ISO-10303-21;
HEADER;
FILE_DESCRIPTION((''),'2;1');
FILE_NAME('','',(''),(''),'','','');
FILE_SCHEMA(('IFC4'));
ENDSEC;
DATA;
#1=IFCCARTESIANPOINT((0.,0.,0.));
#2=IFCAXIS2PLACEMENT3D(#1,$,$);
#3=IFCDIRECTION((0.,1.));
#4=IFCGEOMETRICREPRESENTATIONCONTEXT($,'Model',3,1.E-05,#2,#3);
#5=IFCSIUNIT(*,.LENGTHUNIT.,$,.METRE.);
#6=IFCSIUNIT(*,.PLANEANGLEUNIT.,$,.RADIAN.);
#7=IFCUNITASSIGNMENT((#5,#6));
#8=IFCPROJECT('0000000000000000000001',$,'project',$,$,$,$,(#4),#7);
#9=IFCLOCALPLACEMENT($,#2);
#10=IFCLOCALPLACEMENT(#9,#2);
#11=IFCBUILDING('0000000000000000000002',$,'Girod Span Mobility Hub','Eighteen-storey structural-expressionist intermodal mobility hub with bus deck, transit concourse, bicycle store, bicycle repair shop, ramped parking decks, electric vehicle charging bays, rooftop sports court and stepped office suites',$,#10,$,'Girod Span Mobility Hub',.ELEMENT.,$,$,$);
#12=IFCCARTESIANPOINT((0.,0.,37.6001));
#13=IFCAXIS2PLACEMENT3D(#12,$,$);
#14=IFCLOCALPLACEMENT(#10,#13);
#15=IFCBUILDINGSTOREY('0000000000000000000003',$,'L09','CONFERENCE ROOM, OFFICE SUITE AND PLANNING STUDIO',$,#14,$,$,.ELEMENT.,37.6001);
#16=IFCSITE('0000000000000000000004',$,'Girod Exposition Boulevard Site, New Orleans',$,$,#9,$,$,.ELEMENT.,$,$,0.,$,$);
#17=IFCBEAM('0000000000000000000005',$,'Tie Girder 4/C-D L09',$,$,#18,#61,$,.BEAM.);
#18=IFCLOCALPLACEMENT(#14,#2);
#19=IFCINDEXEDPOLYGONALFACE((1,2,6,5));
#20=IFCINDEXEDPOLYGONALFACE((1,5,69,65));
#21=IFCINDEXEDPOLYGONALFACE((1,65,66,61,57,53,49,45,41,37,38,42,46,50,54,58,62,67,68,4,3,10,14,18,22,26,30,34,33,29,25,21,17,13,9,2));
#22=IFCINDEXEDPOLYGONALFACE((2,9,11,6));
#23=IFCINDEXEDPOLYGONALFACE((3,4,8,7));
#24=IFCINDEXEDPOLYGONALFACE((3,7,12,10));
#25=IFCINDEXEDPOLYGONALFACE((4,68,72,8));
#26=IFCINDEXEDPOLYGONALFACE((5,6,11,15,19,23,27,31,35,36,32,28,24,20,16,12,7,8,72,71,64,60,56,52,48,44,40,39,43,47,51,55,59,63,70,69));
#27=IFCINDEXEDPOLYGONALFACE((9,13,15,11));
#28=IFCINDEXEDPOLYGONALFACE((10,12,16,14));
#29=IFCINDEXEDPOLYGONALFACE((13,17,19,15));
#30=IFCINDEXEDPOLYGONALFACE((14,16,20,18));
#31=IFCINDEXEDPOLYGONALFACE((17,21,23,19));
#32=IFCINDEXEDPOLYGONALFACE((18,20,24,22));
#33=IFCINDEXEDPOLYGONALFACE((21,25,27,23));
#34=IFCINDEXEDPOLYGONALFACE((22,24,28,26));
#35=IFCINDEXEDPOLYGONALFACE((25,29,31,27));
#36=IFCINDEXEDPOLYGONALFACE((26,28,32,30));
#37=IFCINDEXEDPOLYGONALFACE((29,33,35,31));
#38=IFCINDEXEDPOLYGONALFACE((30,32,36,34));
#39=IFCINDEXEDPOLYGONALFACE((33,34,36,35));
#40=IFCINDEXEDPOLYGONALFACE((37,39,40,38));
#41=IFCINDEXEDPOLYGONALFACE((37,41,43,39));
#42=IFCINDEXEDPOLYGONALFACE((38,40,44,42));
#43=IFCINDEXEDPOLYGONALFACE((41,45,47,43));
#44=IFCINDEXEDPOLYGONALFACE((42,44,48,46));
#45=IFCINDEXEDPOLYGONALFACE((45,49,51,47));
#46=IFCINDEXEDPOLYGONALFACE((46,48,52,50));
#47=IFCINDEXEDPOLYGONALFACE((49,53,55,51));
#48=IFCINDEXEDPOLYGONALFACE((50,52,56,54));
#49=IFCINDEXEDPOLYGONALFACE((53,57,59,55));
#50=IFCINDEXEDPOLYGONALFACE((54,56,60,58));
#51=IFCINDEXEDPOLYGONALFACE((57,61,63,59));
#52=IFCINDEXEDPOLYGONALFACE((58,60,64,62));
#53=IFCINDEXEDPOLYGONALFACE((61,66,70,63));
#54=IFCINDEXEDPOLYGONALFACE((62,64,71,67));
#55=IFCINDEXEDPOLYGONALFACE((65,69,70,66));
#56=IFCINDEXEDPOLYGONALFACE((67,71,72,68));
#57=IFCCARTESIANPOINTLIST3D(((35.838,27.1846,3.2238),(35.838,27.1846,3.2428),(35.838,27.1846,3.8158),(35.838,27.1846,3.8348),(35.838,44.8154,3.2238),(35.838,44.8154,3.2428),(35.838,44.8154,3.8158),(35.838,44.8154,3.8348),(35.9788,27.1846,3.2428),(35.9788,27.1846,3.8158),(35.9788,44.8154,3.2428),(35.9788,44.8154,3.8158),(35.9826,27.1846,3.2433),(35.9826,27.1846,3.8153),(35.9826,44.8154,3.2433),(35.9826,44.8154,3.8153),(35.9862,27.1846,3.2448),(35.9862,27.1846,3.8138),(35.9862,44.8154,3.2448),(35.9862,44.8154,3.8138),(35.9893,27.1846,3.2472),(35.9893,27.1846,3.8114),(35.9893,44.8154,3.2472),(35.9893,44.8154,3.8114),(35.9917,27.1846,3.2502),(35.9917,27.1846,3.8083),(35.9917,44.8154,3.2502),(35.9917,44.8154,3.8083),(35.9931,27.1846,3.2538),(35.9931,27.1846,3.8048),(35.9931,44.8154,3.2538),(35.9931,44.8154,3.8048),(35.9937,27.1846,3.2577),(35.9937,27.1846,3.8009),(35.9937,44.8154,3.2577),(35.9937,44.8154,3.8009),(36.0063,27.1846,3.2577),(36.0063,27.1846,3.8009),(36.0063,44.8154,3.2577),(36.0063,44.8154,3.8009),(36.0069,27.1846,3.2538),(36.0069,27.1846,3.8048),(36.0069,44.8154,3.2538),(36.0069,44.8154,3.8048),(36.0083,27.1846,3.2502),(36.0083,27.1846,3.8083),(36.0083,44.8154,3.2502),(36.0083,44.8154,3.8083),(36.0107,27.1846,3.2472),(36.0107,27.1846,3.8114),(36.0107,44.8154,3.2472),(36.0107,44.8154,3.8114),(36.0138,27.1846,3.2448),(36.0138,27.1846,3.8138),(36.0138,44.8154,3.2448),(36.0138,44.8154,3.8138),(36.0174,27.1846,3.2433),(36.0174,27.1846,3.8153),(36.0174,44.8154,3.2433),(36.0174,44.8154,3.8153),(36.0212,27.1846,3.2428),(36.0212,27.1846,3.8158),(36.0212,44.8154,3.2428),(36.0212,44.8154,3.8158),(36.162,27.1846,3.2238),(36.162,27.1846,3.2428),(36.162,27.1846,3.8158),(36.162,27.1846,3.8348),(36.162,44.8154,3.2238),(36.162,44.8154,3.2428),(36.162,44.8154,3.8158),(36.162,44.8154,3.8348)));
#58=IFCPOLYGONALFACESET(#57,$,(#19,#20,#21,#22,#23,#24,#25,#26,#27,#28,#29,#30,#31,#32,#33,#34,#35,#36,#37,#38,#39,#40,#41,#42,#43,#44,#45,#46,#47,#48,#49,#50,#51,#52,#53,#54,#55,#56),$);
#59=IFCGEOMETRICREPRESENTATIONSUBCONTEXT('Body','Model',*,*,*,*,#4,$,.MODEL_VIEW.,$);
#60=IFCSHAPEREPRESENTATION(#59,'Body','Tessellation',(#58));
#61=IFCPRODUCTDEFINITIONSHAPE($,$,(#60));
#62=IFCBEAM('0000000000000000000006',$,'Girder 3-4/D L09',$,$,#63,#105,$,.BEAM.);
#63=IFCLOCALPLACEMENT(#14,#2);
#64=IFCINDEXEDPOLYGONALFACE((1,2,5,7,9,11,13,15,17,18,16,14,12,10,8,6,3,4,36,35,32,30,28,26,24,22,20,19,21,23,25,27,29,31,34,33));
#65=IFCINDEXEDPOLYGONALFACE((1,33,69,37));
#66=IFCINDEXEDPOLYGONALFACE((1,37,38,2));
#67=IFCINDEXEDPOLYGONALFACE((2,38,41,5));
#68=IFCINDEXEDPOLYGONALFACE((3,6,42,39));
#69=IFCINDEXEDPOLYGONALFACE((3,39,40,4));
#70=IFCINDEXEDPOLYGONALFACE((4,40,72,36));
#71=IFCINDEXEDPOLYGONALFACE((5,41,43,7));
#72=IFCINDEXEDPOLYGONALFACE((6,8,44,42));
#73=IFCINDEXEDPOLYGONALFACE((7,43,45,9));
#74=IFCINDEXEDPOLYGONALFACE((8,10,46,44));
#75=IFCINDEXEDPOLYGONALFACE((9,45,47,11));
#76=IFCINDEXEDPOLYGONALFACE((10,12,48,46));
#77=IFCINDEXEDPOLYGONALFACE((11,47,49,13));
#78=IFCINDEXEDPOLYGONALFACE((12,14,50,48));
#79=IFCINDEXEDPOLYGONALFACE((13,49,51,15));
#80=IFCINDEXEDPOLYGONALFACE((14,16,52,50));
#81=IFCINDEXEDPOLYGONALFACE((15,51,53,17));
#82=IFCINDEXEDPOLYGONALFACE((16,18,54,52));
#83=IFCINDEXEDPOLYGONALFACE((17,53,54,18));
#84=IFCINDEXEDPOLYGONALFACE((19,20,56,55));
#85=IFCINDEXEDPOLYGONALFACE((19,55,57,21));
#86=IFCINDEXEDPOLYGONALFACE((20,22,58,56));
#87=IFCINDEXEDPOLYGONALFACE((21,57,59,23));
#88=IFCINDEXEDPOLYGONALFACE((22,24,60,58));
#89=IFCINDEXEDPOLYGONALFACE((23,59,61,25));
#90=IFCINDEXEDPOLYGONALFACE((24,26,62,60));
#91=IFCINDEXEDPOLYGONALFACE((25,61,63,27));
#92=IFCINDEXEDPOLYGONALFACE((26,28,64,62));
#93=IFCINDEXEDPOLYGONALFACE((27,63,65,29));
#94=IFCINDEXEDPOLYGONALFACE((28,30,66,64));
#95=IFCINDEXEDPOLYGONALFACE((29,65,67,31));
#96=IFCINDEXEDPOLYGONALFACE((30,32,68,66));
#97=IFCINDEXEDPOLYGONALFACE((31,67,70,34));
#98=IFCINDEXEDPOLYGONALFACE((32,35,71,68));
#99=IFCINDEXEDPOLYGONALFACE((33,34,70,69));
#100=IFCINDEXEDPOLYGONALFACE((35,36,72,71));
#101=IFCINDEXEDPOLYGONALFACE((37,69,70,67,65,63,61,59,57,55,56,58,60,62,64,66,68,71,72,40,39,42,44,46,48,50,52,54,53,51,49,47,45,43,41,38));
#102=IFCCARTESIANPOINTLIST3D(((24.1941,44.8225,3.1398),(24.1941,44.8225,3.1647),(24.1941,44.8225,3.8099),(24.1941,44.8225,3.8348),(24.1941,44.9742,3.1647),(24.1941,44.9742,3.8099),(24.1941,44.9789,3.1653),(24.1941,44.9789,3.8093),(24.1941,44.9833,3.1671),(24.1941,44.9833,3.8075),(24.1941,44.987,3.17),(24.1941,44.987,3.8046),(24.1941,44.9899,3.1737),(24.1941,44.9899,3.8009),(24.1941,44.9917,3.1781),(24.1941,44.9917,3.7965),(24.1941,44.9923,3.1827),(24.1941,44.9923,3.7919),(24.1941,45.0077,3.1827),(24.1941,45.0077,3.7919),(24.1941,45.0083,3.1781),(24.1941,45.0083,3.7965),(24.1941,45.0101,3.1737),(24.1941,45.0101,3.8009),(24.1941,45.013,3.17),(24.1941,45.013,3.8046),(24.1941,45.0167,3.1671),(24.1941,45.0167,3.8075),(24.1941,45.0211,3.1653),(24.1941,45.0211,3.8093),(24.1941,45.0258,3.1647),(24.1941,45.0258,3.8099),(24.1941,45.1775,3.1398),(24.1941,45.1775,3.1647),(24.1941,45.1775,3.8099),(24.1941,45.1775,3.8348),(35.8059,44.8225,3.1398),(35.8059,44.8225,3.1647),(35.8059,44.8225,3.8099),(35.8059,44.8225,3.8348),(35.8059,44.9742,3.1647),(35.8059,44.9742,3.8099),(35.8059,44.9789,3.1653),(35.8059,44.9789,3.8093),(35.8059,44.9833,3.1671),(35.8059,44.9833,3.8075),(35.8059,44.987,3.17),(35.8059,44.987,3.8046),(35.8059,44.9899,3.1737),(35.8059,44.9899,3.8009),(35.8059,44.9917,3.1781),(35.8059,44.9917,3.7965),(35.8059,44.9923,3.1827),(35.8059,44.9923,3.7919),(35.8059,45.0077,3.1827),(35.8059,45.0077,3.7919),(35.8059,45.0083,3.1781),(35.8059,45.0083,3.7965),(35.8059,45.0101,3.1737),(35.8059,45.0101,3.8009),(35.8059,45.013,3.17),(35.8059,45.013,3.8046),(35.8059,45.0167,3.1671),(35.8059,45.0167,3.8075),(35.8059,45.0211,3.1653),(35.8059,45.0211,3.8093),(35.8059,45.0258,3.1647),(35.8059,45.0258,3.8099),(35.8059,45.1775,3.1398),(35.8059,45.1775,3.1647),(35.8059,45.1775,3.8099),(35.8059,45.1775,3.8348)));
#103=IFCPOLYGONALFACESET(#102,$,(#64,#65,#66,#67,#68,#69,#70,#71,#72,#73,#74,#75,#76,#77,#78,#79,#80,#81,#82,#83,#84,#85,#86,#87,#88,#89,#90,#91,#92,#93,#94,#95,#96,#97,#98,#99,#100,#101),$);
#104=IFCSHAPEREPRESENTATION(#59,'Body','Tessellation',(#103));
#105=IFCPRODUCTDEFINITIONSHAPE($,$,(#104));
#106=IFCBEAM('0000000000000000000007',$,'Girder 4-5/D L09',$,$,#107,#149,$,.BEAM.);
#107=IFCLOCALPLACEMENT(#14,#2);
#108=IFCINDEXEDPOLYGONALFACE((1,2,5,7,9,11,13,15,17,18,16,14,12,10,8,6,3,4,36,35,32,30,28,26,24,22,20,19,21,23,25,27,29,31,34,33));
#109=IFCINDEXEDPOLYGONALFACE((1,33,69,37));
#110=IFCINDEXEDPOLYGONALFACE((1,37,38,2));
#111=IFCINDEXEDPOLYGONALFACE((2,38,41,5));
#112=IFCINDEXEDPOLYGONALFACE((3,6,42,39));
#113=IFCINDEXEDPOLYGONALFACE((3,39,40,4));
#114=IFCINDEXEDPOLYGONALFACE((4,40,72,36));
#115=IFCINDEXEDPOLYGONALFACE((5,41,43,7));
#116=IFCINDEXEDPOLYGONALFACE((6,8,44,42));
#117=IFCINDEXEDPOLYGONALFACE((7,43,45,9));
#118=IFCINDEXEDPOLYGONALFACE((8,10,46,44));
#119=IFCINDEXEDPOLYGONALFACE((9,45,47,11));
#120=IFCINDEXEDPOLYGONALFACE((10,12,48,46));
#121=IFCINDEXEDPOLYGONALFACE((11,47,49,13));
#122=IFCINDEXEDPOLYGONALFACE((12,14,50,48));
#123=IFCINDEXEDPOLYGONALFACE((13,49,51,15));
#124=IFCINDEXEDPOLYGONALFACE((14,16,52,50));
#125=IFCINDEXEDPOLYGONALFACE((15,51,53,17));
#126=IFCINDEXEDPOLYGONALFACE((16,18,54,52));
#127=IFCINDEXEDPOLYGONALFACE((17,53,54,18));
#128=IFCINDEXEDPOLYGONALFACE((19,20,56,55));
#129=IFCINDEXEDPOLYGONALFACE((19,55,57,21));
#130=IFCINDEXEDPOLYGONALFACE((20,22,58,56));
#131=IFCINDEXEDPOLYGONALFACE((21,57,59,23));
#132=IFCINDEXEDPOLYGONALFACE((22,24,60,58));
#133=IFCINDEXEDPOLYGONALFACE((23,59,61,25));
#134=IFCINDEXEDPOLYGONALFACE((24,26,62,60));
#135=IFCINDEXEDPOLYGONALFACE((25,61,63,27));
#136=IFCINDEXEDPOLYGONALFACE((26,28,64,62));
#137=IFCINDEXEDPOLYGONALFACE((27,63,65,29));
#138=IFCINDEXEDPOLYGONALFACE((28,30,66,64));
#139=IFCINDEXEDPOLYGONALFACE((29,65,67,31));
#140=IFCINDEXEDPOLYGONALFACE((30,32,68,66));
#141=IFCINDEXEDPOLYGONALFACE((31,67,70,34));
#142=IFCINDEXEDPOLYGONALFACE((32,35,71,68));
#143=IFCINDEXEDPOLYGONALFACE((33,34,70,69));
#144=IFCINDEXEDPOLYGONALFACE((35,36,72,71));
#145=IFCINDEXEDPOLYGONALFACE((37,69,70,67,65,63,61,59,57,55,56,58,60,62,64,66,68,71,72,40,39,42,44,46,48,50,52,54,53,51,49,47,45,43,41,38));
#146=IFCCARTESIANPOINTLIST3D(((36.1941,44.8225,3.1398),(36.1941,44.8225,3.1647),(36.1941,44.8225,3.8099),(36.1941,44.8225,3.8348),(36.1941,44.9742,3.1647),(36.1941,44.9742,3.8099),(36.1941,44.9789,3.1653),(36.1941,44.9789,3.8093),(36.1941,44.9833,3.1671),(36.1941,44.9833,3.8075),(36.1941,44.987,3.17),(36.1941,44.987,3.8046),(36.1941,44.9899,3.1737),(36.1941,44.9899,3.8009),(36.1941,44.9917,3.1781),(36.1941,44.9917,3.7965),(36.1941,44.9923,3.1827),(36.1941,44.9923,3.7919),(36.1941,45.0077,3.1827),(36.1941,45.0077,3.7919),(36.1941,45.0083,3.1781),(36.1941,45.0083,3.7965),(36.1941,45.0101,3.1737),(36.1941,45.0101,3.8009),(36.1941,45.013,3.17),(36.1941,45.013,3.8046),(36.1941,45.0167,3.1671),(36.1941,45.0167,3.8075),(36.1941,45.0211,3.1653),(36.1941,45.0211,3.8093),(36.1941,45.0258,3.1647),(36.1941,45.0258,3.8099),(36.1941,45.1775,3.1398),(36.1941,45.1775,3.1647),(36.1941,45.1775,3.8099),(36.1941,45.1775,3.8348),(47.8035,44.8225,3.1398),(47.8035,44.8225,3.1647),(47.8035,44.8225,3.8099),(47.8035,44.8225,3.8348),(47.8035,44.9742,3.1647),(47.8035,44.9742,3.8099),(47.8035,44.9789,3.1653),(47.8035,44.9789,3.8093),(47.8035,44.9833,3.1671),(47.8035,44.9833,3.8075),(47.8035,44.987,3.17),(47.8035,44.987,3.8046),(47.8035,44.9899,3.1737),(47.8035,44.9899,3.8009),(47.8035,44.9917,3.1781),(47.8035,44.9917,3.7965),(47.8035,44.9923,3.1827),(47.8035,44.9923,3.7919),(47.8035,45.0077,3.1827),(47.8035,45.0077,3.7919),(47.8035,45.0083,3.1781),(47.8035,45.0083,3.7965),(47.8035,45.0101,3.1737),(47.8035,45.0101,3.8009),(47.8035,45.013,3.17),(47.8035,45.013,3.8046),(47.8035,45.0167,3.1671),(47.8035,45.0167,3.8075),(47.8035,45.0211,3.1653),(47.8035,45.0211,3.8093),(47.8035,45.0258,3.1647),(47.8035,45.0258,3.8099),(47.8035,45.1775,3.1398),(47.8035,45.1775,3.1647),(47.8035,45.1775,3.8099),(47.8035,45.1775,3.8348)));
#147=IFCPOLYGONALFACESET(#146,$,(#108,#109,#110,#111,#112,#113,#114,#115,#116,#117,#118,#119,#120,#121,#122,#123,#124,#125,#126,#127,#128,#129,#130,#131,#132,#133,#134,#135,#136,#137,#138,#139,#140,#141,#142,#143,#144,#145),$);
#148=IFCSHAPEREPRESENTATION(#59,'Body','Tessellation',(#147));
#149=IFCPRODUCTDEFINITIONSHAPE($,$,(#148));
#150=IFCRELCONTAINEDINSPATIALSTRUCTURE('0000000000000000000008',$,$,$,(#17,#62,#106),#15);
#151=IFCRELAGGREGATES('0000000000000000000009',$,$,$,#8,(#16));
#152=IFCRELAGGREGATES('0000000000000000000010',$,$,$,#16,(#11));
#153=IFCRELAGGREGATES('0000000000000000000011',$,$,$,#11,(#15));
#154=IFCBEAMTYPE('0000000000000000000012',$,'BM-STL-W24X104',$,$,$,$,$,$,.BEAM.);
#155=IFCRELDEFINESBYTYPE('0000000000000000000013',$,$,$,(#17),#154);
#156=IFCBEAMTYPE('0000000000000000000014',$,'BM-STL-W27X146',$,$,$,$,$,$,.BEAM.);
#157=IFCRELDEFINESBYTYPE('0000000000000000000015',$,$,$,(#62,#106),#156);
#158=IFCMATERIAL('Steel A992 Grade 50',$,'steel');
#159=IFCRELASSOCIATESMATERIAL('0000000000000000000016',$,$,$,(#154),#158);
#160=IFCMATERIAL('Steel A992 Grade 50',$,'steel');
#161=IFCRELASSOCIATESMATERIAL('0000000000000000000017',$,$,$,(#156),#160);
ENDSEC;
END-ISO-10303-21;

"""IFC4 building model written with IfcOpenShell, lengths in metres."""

from ifc_helpers import new_model, si_unit, direction, frame, origin, origin_2d, place, context, subcontext, project, spatial, i_section, extrude, material, material_profile, profile_set, type_object, element, save


model = new_model("IFC4")

# Units and contexts
model_context = context("Model", 3, precision=1e-05, world=origin(), true_north=direction((0.0, 1.0)))
body_context = subcontext(model_context, "Body", "Model", "MODEL_VIEW")
ifc_project = project(units=[si_unit("LENGTHUNIT", "METRE"), si_unit("PLANEANGLEUNIT", "RADIAN")], contexts=[model_context])

# Site, building, storey
site_placement = place(None, origin())
site = spatial("IfcSite", under=ifc_project, at=site_placement, Name="Girod Exposition Boulevard Site, New Orleans", CompositionType="ELEMENT", RefElevation=0.0)
building_placement = place(site_placement, origin())
building = spatial("IfcBuilding", under=site, at=building_placement, Name="Girod Span Mobility Hub", Description="Eighteen-storey structural-expressionist intermodal mobility hub with bus deck, transit concourse, bicycle store, bicycle repair shop, ramped parking decks, electric vehicle charging bays, rooftop sports court and stepped office suites", LongName="Girod Span Mobility Hub", CompositionType="ELEMENT")
storey_placement = place(building_placement, frame((0.0, 0.0, 37.6001)))
storey = spatial("IfcBuildingStorey", under=building, at=storey_placement, Name="L09", Description="CONFERENCE ROOM, OFFICE SUITE AND PLANNING STUDIO", CompositionType="ELEMENT", Elevation=37.6001)

# Beams
ifc_material_1 = material(Name="Steel A992 Grade 50", Category="steel")
ifc_material_profile_1 = material_profile(ifc_material_1, i_section(OverallWidth=0.324, OverallDepth=0.6111, WebThickness=0.0127, FlangeThickness=0.019, FilletRadius=0.0149, at=origin_2d()), Name="W24X104")
ifc_profile_set_1 = profile_set([ifc_material_profile_1], Name="Steel A992 Grade 50")
beam_type_1 = type_object("IfcBeamType", Name="BM-STL-W24X104", PredefinedType="BEAM", material=ifc_profile_set_1)
beam_1_placement = place(storey_placement, frame((36.0, 27.1846, 3.5293), z_axis=(0.0, 1.0, 0.0), x_axis=(-1.0, 0.0, 0.0)))
element("IfcBeam", 1, at=beam_1_placement, inside=storey, type_object=beam_type_1, Name="Tie Girder 4/C-D L09", PredefinedType="BEAM", context=body_context, shape_type="SweptSolid", body=[
    extrude(i_section(OverallWidth=0.324, OverallDepth=0.6111, WebThickness=0.0127, FlangeThickness=0.019, FilletRadius=0.0149, at=origin_2d()), origin(), (0.0, 0.0, 1.0), 17.6309),
])
ifc_material_2 = material(Name="Steel A992 Grade 50", Category="steel")
ifc_material_profile_2 = material_profile(ifc_material_2, i_section(OverallWidth=0.355, OverallDepth=0.6951, WebThickness=0.0154, FlangeThickness=0.0249, FilletRadius=0.0181, at=origin_2d()), Name="W27X146")
ifc_profile_set_2 = profile_set([ifc_material_profile_2], Name="Steel A992 Grade 50")
beam_type_2 = type_object("IfcBeamType", Name="BM-STL-W27X146", PredefinedType="BEAM", material=ifc_profile_set_2)
beam_2_placement = place(storey_placement, frame((24.1941, 45.0, 3.4873), z_axis=(1.0, 0.0, 0.0), x_axis=(0.0, 1.0, 0.0)))
element("IfcBeam", 2, at=beam_2_placement, inside=storey, type_object=beam_type_2, Name="Girder 3-4/D L09", PredefinedType="BEAM", context=body_context, shape_type="SweptSolid", body=[
    extrude(i_section(OverallWidth=0.355, OverallDepth=0.6951, WebThickness=0.0154, FlangeThickness=0.0249, FilletRadius=0.0181, at=origin_2d()), origin(), (0.0, 0.0, 1.0), 11.6118),
])
beam_3_placement = place(storey_placement, frame((36.1941, 45.0, 3.4873), z_axis=(1.0, 0.0, 0.0), x_axis=(0.0, 1.0, 0.0)))
element("IfcBeam", 3, at=beam_3_placement, inside=storey, type_object=beam_type_2, Name="Girder 4-5/D L09", PredefinedType="BEAM", context=body_context, shape_type="SweptSolid", body=[
    extrude(i_section(OverallWidth=0.355, OverallDepth=0.6951, WebThickness=0.0154, FlangeThickness=0.0249, FilletRadius=0.0181, at=origin_2d()), origin(), (0.0, 0.0, 1.0), 11.6094),
])

save(model, "model.ifc")
